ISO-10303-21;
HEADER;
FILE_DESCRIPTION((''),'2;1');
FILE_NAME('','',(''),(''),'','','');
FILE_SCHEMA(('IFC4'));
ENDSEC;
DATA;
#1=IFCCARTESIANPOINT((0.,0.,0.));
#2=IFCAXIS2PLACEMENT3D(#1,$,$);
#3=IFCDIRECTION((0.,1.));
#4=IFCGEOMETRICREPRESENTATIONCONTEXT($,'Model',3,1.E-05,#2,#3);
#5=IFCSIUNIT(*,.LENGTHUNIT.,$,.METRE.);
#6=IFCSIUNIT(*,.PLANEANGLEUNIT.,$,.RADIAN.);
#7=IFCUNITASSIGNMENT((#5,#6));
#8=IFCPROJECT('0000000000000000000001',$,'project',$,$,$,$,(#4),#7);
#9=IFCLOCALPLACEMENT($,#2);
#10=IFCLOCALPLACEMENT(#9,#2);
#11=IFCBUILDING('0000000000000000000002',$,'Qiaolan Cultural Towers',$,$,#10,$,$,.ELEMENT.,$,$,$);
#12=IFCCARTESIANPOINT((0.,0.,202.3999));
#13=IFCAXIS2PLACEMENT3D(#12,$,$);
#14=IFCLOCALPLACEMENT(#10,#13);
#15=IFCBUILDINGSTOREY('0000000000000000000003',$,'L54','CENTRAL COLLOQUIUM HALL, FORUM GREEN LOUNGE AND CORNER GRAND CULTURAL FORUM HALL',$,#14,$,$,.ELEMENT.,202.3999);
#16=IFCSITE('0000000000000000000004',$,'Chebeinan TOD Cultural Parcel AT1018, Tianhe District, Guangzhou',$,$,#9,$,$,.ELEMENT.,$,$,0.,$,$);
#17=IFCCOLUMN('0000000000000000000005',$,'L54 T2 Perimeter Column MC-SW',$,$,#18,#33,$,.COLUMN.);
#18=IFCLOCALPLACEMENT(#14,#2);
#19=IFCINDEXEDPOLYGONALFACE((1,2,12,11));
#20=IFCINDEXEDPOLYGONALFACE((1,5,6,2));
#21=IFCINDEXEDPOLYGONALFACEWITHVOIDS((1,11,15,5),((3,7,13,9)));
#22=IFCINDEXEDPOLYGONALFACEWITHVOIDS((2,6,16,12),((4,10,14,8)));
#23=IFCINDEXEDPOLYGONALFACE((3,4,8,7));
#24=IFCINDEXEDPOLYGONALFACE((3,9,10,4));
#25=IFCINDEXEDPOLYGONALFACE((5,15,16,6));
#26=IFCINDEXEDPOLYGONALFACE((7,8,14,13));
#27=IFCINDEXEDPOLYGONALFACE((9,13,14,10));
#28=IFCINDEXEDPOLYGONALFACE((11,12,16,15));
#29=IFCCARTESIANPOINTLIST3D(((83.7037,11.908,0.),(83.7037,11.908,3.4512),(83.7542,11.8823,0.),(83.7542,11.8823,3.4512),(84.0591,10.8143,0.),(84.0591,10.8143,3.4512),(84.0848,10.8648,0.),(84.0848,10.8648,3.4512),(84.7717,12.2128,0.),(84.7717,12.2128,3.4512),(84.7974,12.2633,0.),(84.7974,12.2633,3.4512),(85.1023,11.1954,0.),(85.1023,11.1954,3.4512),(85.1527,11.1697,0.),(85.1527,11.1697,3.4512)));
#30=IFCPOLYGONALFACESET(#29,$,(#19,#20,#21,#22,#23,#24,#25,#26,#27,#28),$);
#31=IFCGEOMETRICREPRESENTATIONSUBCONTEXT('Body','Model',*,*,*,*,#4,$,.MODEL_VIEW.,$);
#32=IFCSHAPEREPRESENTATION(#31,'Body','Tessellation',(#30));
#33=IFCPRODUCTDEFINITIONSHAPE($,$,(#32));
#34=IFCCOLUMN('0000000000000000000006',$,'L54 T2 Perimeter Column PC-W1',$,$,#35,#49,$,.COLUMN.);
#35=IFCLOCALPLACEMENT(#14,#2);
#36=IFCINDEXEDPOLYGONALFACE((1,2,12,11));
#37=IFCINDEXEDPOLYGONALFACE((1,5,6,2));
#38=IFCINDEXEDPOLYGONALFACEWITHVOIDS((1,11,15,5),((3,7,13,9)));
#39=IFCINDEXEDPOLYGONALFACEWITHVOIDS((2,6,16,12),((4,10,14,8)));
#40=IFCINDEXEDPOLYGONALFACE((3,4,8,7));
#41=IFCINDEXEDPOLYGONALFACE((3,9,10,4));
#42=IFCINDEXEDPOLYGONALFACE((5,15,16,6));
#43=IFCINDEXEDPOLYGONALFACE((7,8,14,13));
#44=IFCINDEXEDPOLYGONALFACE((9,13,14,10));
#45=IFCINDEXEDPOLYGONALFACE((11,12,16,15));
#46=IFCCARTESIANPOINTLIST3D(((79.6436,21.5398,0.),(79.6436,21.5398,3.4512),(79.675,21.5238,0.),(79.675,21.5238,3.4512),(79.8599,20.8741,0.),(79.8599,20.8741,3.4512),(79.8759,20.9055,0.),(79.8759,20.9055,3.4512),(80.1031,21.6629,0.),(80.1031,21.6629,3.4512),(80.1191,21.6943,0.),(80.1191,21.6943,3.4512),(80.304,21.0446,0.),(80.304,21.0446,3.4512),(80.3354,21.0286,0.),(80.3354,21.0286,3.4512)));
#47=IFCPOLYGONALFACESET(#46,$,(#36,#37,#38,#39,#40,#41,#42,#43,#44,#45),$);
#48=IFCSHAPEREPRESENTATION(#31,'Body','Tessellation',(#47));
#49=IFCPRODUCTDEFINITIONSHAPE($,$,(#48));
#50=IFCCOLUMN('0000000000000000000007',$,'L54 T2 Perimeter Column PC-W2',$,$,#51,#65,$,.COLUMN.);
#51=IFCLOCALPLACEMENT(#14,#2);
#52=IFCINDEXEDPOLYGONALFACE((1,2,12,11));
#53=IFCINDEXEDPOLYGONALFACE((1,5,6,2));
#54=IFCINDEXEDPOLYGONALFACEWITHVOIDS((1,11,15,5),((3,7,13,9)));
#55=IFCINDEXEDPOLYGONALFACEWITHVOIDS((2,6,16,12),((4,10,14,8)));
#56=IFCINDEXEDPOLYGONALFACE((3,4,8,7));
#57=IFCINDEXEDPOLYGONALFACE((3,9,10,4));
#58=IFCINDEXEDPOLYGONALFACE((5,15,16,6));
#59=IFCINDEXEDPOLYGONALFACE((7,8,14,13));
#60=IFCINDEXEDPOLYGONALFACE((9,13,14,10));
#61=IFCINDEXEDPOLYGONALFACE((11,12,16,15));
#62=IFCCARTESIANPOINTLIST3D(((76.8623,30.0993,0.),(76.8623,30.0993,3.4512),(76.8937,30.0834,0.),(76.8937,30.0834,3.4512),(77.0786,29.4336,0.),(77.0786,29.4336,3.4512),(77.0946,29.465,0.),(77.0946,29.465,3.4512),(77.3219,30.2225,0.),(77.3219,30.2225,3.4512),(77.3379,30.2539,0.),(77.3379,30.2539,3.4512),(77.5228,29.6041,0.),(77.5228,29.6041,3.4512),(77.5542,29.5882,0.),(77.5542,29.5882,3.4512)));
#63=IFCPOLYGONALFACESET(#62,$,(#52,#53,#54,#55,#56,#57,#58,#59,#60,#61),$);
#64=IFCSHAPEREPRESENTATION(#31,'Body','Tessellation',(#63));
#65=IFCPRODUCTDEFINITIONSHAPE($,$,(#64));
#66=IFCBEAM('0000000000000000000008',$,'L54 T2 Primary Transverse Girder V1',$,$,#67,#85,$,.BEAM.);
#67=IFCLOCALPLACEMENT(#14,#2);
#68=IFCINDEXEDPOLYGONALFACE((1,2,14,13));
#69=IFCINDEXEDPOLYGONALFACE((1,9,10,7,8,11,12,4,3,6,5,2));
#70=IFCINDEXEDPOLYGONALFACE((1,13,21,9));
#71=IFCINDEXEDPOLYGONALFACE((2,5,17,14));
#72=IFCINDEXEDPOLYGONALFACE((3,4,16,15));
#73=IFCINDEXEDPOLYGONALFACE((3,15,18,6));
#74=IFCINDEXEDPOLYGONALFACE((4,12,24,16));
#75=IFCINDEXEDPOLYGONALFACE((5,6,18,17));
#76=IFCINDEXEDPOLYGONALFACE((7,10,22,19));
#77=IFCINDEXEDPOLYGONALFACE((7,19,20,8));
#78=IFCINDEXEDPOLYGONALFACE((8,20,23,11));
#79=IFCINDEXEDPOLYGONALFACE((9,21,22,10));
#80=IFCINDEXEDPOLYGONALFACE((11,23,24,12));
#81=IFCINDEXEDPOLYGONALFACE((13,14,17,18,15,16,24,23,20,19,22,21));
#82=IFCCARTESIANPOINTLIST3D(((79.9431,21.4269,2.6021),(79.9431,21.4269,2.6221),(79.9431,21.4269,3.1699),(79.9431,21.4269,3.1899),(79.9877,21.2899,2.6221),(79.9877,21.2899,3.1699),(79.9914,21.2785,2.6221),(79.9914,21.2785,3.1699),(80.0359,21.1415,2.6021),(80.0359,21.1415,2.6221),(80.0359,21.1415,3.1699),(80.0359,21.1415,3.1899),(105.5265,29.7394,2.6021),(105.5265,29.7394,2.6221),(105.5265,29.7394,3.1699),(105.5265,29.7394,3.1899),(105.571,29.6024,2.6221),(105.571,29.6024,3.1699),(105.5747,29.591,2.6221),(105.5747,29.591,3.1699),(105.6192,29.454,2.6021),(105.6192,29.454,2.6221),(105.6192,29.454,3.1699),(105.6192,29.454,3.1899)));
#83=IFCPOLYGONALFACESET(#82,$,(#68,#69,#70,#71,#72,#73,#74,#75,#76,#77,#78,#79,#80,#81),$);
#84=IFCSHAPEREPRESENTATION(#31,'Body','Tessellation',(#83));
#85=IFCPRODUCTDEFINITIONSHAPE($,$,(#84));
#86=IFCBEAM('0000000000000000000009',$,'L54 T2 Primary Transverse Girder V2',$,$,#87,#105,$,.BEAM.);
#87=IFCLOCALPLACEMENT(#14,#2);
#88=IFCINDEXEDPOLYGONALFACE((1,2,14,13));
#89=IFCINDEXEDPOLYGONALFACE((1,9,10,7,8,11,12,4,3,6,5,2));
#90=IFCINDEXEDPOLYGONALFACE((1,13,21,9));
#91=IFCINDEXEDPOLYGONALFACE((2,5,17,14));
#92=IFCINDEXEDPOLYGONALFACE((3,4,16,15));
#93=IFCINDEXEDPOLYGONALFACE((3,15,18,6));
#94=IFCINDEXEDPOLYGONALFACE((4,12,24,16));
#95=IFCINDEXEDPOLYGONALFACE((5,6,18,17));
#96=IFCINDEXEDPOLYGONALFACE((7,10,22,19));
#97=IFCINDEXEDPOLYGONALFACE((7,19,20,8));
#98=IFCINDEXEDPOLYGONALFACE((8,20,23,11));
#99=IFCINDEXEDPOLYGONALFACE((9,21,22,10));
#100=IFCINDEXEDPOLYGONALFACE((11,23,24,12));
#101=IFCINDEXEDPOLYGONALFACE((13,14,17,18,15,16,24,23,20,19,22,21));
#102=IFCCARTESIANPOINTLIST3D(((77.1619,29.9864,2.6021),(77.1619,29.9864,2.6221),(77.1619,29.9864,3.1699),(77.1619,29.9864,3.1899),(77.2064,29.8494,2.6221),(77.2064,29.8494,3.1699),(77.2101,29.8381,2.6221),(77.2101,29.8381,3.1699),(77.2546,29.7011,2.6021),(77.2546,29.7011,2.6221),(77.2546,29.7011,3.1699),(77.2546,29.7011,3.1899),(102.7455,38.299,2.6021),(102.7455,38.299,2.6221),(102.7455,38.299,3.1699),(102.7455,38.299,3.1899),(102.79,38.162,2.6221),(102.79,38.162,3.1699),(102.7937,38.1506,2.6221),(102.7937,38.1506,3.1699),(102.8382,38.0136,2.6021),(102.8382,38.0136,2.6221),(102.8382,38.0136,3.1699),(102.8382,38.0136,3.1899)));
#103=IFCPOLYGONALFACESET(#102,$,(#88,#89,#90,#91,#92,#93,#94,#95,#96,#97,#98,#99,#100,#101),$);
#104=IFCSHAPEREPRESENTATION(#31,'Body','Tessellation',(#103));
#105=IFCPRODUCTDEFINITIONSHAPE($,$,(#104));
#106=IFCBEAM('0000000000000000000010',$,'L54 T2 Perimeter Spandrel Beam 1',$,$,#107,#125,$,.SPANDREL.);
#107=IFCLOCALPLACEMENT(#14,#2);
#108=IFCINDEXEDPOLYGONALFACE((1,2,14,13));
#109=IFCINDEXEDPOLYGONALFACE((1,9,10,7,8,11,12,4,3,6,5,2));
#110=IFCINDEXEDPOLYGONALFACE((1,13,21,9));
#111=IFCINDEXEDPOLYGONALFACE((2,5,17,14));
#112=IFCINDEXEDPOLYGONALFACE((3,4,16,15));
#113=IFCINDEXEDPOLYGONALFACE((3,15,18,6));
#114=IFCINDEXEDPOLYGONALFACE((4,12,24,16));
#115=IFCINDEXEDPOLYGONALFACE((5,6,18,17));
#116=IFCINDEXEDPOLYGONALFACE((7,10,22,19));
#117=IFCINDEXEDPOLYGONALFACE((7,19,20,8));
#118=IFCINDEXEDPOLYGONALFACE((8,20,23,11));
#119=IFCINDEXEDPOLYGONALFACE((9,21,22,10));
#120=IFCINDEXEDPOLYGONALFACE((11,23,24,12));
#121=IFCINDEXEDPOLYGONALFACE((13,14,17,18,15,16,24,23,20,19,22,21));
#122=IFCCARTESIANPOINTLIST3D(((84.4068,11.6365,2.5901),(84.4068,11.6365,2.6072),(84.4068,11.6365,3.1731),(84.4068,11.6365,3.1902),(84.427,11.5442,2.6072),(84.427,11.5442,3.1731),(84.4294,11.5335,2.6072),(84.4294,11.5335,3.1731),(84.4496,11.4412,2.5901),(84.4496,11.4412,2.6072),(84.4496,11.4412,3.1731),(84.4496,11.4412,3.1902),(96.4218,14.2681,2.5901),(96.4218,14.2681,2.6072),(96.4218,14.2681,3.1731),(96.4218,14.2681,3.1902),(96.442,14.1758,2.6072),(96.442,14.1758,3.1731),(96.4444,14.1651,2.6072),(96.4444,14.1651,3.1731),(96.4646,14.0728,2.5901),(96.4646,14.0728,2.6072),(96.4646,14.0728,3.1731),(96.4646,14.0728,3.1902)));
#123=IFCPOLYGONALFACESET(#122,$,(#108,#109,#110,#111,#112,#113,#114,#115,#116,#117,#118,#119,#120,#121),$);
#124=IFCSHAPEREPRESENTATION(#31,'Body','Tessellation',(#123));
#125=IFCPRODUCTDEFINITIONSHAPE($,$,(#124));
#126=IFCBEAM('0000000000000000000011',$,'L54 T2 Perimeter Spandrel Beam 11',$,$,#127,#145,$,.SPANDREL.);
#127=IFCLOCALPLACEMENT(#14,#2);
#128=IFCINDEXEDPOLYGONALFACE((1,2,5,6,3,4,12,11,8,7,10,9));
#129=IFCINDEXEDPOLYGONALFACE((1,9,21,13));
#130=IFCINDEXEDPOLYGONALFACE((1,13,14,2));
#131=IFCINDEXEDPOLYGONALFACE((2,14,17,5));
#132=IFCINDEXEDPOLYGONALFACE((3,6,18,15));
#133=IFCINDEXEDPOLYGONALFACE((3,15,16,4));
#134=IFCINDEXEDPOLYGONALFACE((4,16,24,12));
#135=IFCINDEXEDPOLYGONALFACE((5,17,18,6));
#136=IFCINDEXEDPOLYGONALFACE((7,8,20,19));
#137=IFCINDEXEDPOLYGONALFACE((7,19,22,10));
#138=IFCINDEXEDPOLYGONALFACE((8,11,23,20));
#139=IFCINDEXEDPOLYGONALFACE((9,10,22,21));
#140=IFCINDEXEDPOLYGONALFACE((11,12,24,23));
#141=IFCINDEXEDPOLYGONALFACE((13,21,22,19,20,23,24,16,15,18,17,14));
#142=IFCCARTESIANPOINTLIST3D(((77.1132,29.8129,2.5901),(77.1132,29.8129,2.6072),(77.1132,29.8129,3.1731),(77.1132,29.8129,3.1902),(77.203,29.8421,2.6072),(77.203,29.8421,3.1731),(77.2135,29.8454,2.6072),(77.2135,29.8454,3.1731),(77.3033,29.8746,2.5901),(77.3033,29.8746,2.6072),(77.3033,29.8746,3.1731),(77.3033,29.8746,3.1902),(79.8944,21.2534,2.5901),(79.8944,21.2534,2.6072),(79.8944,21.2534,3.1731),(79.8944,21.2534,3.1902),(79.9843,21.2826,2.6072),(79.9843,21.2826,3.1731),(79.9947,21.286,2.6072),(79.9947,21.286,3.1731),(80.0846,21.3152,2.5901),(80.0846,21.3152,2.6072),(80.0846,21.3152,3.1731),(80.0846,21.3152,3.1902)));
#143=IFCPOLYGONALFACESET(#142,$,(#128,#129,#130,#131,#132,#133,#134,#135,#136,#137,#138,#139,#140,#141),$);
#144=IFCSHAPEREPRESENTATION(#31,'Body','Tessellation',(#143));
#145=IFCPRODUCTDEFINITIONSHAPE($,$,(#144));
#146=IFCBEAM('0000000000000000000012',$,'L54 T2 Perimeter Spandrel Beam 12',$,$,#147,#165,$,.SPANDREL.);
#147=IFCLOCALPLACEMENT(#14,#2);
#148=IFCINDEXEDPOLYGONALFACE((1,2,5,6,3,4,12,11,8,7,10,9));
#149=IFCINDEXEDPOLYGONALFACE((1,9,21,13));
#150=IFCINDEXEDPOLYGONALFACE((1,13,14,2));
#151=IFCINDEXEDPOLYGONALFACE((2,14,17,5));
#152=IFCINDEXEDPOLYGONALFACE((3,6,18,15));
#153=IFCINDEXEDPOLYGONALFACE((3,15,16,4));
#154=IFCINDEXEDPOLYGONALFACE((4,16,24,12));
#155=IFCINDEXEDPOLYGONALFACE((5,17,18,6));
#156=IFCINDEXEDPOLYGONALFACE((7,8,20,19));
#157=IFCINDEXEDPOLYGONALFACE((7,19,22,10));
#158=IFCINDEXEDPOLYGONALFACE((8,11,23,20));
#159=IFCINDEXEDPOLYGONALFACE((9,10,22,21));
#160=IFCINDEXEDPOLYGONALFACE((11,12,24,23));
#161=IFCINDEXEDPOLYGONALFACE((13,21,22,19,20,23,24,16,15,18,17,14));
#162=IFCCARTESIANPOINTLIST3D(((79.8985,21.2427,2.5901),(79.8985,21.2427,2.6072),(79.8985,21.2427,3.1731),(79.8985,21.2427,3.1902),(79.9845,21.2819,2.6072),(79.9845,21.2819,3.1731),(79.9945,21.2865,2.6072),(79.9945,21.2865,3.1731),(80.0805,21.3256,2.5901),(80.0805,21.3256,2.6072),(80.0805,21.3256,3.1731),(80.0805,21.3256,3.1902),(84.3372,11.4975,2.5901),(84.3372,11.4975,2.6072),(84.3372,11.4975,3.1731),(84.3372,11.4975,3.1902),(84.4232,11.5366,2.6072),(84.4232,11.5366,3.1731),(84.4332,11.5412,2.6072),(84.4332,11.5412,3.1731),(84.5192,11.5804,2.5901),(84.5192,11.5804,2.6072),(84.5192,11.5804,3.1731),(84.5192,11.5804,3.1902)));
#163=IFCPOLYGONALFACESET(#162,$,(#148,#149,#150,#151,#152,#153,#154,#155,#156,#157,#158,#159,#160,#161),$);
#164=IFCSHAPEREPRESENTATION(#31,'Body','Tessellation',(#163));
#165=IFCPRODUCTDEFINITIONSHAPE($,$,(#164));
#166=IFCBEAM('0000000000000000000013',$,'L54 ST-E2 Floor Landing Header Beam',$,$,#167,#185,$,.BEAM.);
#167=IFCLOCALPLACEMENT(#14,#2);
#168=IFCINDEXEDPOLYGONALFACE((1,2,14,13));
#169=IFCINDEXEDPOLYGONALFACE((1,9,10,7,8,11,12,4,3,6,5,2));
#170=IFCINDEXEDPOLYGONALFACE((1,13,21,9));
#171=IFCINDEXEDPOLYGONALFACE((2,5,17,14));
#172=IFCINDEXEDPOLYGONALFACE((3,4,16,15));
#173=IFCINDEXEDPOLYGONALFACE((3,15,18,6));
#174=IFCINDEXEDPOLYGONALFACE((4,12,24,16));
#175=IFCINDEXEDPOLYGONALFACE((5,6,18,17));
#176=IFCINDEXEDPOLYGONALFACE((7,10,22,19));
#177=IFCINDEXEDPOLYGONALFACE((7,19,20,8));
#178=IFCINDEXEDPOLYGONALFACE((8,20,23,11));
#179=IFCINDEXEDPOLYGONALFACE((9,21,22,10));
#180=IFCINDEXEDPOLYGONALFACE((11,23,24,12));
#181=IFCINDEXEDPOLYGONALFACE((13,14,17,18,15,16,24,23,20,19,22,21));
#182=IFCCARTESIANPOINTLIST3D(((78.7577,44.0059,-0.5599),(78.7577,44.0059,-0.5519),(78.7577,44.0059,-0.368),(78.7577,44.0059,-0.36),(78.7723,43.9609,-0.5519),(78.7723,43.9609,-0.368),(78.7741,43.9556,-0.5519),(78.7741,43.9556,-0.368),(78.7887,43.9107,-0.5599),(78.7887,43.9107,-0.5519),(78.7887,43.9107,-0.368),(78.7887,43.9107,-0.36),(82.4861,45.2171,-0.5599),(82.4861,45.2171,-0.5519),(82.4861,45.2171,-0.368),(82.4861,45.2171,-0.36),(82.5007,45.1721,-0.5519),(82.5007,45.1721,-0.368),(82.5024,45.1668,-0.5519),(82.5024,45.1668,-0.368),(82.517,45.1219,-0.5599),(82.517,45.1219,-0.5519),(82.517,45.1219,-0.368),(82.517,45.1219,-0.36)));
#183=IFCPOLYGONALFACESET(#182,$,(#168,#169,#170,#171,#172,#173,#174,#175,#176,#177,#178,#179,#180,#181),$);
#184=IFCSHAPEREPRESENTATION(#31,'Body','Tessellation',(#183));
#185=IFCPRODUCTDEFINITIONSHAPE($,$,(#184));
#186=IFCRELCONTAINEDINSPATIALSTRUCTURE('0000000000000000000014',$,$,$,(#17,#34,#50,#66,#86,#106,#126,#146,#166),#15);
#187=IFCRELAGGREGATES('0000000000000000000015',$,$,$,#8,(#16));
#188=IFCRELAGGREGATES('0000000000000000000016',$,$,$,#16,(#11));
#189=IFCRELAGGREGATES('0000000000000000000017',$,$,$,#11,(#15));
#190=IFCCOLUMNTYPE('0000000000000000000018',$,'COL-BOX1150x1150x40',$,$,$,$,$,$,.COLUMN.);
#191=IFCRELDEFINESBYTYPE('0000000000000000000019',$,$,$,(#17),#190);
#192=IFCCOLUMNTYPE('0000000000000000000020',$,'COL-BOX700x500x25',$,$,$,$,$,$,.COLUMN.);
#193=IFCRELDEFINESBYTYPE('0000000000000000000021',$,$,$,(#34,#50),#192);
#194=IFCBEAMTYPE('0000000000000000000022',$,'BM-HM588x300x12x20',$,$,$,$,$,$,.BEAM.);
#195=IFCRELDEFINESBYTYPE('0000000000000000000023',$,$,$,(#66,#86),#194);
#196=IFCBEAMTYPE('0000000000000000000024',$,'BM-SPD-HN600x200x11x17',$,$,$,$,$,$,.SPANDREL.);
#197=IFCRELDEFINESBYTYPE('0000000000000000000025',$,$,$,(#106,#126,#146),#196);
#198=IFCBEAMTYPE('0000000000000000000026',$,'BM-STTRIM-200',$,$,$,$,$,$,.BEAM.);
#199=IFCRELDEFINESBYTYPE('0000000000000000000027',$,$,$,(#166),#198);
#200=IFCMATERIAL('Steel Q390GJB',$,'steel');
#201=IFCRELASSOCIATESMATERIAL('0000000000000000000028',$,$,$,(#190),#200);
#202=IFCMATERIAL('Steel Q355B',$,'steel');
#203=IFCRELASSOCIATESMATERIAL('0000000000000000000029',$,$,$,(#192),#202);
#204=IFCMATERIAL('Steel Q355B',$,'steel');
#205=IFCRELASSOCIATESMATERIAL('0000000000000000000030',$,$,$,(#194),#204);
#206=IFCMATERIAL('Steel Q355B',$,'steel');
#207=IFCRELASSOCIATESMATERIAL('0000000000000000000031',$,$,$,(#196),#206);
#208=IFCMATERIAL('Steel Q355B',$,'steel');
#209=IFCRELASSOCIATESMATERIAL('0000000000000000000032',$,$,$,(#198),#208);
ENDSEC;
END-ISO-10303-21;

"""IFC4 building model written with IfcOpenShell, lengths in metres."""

from ifc_helpers import new_model, si_unit, direction, frame, origin, origin_2d, place, context, subcontext, project, spatial, hollow_rectangle, i_section, extrude, material, material_profile, profile_set, type_object, element, save


model = new_model("IFC4")

# Units and contexts
model_context = context("Model", 3, precision=1e-05, world=origin(), true_north=direction((0.0, 1.0)))
body_context = subcontext(model_context, "Body", "Model", "MODEL_VIEW")
ifc_project = project(units=[si_unit("LENGTHUNIT", "METRE"), si_unit("PLANEANGLEUNIT", "RADIAN")], contexts=[model_context])

# Site, building, storey
site_placement = place(None, origin())
site = spatial("IfcSite", under=ifc_project, at=site_placement, Name="Chebeinan TOD Cultural Parcel AT1018, Tianhe District, Guangzhou", CompositionType="ELEMENT", RefElevation=0.0)
building_placement = place(site_placement, origin())
building = spatial("IfcBuilding", under=site, at=building_placement, Name="Qiaolan Cultural Towers", CompositionType="ELEMENT")
storey_placement = place(building_placement, frame((0.0, 0.0, 202.3999)))
storey = spatial("IfcBuildingStorey", under=building, at=storey_placement, Name="L54", Description="CENTRAL COLLOQUIUM HALL, FORUM GREEN LOUNGE AND CORNER GRAND CULTURAL FORUM HALL", CompositionType="ELEMENT", Elevation=202.3999)

# Columns
ifc_material_1 = material(Name="Steel Q390GJB", Category="steel")
ifc_material_profile_1 = material_profile(ifc_material_1, hollow_rectangle(XDim=1.1499, YDim=1.1499, WallThickness=0.04, at=origin_2d()), Name="BOX1150x1150x40")
ifc_profile_set_1 = profile_set([ifc_material_profile_1], Name="Steel Q390GJB")
column_type_1 = type_object("IfcColumnType", Name="COL-BOX1150x1150x40", PredefinedType="COLUMN", material=ifc_profile_set_1)
column_placement = place(storey_placement, frame((84.4282, 11.5388, 0.0), z_axis=(0.0, 0.0, 1.0), x_axis=(0.951057, 0.309017, 0.0)))
element("IfcColumn", 1, at=column_placement, inside=storey, type_object=column_type_1, Name="L54 T2 Perimeter Column MC-SW", PredefinedType="COLUMN", context=body_context, shape_type="SweptSolid", body=[
    extrude(hollow_rectangle(XDim=1.1499, YDim=1.1499, WallThickness=0.04, at=origin_2d()), origin(), (0.0, 0.0, 1.0), 3.4512),
])
ifc_material_2 = material(Name="Steel Q355B", Category="steel")
ifc_material_profile_2 = material_profile(ifc_material_2, hollow_rectangle(XDim=0.5, YDim=0.7, WallThickness=0.0249, at=origin_2d()), Name="BOX700x500x25")
ifc_profile_set_2 = profile_set([ifc_material_profile_2], Name="Steel Q355B")
column_type_2 = type_object("IfcColumnType", Name="COL-BOX700x500x25", PredefinedType="COLUMN", material=ifc_profile_set_2)
for number, where, z_axis, x_axis, name in (
    (2, (79.9895, 21.2842, 0.0), (0.0, 0.0, 1.0), (0.951057, 0.309017, 0.0), "L54 T2 Perimeter Column PC-W1"),
    (3, (77.2083, 29.8438, 0.0), (0.0, 0.0, 1.0), (0.951057, 0.309017, 0.0), "L54 T2 Perimeter Column PC-W2"),
):
    element("IfcColumn", number, at=place(storey_placement, frame(where, z_axis=z_axis, x_axis=x_axis)), inside=storey, type_object=column_type_2, Name=name, PredefinedType="COLUMN", context=body_context, shape_type="SweptSolid", body=[
        extrude(hollow_rectangle(XDim=0.5, YDim=0.7, WallThickness=0.0249, at=origin_2d()), origin(), (0.0, 0.0, 1.0), 3.4512),
    ])

# Beams
ifc_material_3 = material(Name="Steel Q355B", Category="steel")
ifc_material_profile_3 = material_profile(ifc_material_3, i_section(OverallWidth=0.3, OverallDepth=0.5879, WebThickness=0.012, FlangeThickness=0.02, at=origin_2d()), Name="HM588x300x12x20")
ifc_profile_set_3 = profile_set([ifc_material_profile_3], Name="Steel Q355B")
beam_type_1 = type_object("IfcBeamType", Name="BM-HM588x300x12x20", PredefinedType="BEAM", material=ifc_profile_set_3)
beam_1_placement = place(storey_placement, frame((79.9895, 21.2842, 2.896), z_axis=(0.951057, 0.309017, 0.0), x_axis=(-0.309017, 0.951057, 0.0)))
element("IfcBeam", 4, at=beam_1_placement, inside=storey, type_object=beam_type_1, Name="L54 T2 Primary Transverse Girder V1", PredefinedType="BEAM", context=body_context, shape_type="SweptSolid", body=[
    extrude(i_section(OverallWidth=0.3, OverallDepth=0.5879, WebThickness=0.012, FlangeThickness=0.02, at=origin_2d()), origin(), (0.0, 0.0, 1.0), 26.8999),
])
beam_2_placement = place(storey_placement, frame((77.2083, 29.8438, 2.896), z_axis=(0.951057, 0.309014, 0.0), x_axis=(-0.309014, 0.951057, 0.0)))
element("IfcBeam", 5, at=beam_2_placement, inside=storey, type_object=beam_type_1, Name="L54 T2 Primary Transverse Girder V2", PredefinedType="BEAM", context=body_context, shape_type="SweptSolid", body=[
    extrude(i_section(OverallWidth=0.3, OverallDepth=0.5879, WebThickness=0.012, FlangeThickness=0.02, at=origin_2d()), origin(), (0.0, 0.0, 1.0), 26.9001),
])
ifc_material_4 = material(Name="Steel Q355B", Category="steel")
ifc_material_profile_4 = material_profile(ifc_material_4, i_section(OverallWidth=0.2, OverallDepth=0.6001, WebThickness=0.011, FlangeThickness=0.0171, at=origin_2d()), Name="HN600x200x11x17")
ifc_profile_set_4 = profile_set([ifc_material_profile_4], Name="Steel Q355B")
beam_type_2 = type_object("IfcBeamType", Name="BM-SPD-HN600x200x11x17", PredefinedType="SPANDREL", material=ifc_profile_set_4)
beam_3_placement = place(storey_placement, frame((84.4282, 11.5388, 2.8901), z_axis=(0.976843, 0.213956, 0.0), x_axis=(-0.213956, 0.976843, 0.0)))
element("IfcBeam", 6, at=beam_3_placement, inside=storey, type_object=beam_type_2, Name="L54 T2 Perimeter Spandrel Beam 1", PredefinedType="SPANDREL", context=body_context, shape_type="SweptSolid", body=[
    extrude(i_section(OverallWidth=0.2, OverallDepth=0.6001, WebThickness=0.011, FlangeThickness=0.0171, at=origin_2d()), origin(), (0.0, 0.0, 1.0), 12.2998),
])
beam_4_placement = place(storey_placement, frame((77.2083, 29.8438, 2.8901), z_axis=(0.309025, -0.951054, 0.0), x_axis=(0.951054, 0.309025, 0.0)))
element("IfcBeam", 7, at=beam_4_placement, inside=storey, type_object=beam_type_2, Name="L54 T2 Perimeter Spandrel Beam 11", PredefinedType="SPANDREL", context=body_context, shape_type="SweptSolid", body=[
    extrude(i_section(OverallWidth=0.2, OverallDepth=0.6001, WebThickness=0.011, FlangeThickness=0.0171, at=origin_2d()), origin(), (0.0, 0.0, 1.0), 9.0),
])
beam_5_placement = place(storey_placement, frame((79.9895, 21.2842, 2.8901), z_axis=(0.4145, -0.910049, 0.0), x_axis=(0.910049, 0.4145, 0.0)))
element("IfcBeam", 8, at=beam_5_placement, inside=storey, type_object=beam_type_2, Name="L54 T2 Perimeter Spandrel Beam 12", PredefinedType="SPANDREL", context=body_context, shape_type="SweptSolid", body=[
    extrude(i_section(OverallWidth=0.2, OverallDepth=0.6001, WebThickness=0.011, FlangeThickness=0.0171, at=origin_2d()), origin(), (0.0, 0.0, 1.0), 10.7085),
])
ifc_material_5 = material(Name="Steel Q355B", Category="steel")
ifc_material_profile_5 = material_profile(ifc_material_5, i_section(OverallWidth=0.1001, OverallDepth=0.2, WebThickness=0.0056, FlangeThickness=0.0081, at=origin_2d()), Name="HN200x100x5.5x8")
ifc_profile_set_5 = profile_set([ifc_material_profile_5], Name="Steel Q355B")
beam_type_3 = type_object("IfcBeamType", Name="BM-STTRIM-200", PredefinedType="BEAM", material=ifc_profile_set_5)
beam_6_placement = place(storey_placement, frame((78.7732, 43.9583, -0.46), z_axis=(0.951072, 0.308969, 0.0), x_axis=(-0.308969, 0.951072, 0.0)))
element("IfcBeam", 9, at=beam_6_placement, inside=storey, type_object=beam_type_3, Name="L54 ST-E2 Floor Landing Header Beam", PredefinedType="BEAM", context=body_context, shape_type="SweptSolid", body=[
    extrude(i_section(OverallWidth=0.1001, OverallDepth=0.2, WebThickness=0.0056, FlangeThickness=0.0081, at=origin_2d()), origin(), (0.0, 0.0, 1.0), 3.9202),
])

save(model, "model.ifc")
